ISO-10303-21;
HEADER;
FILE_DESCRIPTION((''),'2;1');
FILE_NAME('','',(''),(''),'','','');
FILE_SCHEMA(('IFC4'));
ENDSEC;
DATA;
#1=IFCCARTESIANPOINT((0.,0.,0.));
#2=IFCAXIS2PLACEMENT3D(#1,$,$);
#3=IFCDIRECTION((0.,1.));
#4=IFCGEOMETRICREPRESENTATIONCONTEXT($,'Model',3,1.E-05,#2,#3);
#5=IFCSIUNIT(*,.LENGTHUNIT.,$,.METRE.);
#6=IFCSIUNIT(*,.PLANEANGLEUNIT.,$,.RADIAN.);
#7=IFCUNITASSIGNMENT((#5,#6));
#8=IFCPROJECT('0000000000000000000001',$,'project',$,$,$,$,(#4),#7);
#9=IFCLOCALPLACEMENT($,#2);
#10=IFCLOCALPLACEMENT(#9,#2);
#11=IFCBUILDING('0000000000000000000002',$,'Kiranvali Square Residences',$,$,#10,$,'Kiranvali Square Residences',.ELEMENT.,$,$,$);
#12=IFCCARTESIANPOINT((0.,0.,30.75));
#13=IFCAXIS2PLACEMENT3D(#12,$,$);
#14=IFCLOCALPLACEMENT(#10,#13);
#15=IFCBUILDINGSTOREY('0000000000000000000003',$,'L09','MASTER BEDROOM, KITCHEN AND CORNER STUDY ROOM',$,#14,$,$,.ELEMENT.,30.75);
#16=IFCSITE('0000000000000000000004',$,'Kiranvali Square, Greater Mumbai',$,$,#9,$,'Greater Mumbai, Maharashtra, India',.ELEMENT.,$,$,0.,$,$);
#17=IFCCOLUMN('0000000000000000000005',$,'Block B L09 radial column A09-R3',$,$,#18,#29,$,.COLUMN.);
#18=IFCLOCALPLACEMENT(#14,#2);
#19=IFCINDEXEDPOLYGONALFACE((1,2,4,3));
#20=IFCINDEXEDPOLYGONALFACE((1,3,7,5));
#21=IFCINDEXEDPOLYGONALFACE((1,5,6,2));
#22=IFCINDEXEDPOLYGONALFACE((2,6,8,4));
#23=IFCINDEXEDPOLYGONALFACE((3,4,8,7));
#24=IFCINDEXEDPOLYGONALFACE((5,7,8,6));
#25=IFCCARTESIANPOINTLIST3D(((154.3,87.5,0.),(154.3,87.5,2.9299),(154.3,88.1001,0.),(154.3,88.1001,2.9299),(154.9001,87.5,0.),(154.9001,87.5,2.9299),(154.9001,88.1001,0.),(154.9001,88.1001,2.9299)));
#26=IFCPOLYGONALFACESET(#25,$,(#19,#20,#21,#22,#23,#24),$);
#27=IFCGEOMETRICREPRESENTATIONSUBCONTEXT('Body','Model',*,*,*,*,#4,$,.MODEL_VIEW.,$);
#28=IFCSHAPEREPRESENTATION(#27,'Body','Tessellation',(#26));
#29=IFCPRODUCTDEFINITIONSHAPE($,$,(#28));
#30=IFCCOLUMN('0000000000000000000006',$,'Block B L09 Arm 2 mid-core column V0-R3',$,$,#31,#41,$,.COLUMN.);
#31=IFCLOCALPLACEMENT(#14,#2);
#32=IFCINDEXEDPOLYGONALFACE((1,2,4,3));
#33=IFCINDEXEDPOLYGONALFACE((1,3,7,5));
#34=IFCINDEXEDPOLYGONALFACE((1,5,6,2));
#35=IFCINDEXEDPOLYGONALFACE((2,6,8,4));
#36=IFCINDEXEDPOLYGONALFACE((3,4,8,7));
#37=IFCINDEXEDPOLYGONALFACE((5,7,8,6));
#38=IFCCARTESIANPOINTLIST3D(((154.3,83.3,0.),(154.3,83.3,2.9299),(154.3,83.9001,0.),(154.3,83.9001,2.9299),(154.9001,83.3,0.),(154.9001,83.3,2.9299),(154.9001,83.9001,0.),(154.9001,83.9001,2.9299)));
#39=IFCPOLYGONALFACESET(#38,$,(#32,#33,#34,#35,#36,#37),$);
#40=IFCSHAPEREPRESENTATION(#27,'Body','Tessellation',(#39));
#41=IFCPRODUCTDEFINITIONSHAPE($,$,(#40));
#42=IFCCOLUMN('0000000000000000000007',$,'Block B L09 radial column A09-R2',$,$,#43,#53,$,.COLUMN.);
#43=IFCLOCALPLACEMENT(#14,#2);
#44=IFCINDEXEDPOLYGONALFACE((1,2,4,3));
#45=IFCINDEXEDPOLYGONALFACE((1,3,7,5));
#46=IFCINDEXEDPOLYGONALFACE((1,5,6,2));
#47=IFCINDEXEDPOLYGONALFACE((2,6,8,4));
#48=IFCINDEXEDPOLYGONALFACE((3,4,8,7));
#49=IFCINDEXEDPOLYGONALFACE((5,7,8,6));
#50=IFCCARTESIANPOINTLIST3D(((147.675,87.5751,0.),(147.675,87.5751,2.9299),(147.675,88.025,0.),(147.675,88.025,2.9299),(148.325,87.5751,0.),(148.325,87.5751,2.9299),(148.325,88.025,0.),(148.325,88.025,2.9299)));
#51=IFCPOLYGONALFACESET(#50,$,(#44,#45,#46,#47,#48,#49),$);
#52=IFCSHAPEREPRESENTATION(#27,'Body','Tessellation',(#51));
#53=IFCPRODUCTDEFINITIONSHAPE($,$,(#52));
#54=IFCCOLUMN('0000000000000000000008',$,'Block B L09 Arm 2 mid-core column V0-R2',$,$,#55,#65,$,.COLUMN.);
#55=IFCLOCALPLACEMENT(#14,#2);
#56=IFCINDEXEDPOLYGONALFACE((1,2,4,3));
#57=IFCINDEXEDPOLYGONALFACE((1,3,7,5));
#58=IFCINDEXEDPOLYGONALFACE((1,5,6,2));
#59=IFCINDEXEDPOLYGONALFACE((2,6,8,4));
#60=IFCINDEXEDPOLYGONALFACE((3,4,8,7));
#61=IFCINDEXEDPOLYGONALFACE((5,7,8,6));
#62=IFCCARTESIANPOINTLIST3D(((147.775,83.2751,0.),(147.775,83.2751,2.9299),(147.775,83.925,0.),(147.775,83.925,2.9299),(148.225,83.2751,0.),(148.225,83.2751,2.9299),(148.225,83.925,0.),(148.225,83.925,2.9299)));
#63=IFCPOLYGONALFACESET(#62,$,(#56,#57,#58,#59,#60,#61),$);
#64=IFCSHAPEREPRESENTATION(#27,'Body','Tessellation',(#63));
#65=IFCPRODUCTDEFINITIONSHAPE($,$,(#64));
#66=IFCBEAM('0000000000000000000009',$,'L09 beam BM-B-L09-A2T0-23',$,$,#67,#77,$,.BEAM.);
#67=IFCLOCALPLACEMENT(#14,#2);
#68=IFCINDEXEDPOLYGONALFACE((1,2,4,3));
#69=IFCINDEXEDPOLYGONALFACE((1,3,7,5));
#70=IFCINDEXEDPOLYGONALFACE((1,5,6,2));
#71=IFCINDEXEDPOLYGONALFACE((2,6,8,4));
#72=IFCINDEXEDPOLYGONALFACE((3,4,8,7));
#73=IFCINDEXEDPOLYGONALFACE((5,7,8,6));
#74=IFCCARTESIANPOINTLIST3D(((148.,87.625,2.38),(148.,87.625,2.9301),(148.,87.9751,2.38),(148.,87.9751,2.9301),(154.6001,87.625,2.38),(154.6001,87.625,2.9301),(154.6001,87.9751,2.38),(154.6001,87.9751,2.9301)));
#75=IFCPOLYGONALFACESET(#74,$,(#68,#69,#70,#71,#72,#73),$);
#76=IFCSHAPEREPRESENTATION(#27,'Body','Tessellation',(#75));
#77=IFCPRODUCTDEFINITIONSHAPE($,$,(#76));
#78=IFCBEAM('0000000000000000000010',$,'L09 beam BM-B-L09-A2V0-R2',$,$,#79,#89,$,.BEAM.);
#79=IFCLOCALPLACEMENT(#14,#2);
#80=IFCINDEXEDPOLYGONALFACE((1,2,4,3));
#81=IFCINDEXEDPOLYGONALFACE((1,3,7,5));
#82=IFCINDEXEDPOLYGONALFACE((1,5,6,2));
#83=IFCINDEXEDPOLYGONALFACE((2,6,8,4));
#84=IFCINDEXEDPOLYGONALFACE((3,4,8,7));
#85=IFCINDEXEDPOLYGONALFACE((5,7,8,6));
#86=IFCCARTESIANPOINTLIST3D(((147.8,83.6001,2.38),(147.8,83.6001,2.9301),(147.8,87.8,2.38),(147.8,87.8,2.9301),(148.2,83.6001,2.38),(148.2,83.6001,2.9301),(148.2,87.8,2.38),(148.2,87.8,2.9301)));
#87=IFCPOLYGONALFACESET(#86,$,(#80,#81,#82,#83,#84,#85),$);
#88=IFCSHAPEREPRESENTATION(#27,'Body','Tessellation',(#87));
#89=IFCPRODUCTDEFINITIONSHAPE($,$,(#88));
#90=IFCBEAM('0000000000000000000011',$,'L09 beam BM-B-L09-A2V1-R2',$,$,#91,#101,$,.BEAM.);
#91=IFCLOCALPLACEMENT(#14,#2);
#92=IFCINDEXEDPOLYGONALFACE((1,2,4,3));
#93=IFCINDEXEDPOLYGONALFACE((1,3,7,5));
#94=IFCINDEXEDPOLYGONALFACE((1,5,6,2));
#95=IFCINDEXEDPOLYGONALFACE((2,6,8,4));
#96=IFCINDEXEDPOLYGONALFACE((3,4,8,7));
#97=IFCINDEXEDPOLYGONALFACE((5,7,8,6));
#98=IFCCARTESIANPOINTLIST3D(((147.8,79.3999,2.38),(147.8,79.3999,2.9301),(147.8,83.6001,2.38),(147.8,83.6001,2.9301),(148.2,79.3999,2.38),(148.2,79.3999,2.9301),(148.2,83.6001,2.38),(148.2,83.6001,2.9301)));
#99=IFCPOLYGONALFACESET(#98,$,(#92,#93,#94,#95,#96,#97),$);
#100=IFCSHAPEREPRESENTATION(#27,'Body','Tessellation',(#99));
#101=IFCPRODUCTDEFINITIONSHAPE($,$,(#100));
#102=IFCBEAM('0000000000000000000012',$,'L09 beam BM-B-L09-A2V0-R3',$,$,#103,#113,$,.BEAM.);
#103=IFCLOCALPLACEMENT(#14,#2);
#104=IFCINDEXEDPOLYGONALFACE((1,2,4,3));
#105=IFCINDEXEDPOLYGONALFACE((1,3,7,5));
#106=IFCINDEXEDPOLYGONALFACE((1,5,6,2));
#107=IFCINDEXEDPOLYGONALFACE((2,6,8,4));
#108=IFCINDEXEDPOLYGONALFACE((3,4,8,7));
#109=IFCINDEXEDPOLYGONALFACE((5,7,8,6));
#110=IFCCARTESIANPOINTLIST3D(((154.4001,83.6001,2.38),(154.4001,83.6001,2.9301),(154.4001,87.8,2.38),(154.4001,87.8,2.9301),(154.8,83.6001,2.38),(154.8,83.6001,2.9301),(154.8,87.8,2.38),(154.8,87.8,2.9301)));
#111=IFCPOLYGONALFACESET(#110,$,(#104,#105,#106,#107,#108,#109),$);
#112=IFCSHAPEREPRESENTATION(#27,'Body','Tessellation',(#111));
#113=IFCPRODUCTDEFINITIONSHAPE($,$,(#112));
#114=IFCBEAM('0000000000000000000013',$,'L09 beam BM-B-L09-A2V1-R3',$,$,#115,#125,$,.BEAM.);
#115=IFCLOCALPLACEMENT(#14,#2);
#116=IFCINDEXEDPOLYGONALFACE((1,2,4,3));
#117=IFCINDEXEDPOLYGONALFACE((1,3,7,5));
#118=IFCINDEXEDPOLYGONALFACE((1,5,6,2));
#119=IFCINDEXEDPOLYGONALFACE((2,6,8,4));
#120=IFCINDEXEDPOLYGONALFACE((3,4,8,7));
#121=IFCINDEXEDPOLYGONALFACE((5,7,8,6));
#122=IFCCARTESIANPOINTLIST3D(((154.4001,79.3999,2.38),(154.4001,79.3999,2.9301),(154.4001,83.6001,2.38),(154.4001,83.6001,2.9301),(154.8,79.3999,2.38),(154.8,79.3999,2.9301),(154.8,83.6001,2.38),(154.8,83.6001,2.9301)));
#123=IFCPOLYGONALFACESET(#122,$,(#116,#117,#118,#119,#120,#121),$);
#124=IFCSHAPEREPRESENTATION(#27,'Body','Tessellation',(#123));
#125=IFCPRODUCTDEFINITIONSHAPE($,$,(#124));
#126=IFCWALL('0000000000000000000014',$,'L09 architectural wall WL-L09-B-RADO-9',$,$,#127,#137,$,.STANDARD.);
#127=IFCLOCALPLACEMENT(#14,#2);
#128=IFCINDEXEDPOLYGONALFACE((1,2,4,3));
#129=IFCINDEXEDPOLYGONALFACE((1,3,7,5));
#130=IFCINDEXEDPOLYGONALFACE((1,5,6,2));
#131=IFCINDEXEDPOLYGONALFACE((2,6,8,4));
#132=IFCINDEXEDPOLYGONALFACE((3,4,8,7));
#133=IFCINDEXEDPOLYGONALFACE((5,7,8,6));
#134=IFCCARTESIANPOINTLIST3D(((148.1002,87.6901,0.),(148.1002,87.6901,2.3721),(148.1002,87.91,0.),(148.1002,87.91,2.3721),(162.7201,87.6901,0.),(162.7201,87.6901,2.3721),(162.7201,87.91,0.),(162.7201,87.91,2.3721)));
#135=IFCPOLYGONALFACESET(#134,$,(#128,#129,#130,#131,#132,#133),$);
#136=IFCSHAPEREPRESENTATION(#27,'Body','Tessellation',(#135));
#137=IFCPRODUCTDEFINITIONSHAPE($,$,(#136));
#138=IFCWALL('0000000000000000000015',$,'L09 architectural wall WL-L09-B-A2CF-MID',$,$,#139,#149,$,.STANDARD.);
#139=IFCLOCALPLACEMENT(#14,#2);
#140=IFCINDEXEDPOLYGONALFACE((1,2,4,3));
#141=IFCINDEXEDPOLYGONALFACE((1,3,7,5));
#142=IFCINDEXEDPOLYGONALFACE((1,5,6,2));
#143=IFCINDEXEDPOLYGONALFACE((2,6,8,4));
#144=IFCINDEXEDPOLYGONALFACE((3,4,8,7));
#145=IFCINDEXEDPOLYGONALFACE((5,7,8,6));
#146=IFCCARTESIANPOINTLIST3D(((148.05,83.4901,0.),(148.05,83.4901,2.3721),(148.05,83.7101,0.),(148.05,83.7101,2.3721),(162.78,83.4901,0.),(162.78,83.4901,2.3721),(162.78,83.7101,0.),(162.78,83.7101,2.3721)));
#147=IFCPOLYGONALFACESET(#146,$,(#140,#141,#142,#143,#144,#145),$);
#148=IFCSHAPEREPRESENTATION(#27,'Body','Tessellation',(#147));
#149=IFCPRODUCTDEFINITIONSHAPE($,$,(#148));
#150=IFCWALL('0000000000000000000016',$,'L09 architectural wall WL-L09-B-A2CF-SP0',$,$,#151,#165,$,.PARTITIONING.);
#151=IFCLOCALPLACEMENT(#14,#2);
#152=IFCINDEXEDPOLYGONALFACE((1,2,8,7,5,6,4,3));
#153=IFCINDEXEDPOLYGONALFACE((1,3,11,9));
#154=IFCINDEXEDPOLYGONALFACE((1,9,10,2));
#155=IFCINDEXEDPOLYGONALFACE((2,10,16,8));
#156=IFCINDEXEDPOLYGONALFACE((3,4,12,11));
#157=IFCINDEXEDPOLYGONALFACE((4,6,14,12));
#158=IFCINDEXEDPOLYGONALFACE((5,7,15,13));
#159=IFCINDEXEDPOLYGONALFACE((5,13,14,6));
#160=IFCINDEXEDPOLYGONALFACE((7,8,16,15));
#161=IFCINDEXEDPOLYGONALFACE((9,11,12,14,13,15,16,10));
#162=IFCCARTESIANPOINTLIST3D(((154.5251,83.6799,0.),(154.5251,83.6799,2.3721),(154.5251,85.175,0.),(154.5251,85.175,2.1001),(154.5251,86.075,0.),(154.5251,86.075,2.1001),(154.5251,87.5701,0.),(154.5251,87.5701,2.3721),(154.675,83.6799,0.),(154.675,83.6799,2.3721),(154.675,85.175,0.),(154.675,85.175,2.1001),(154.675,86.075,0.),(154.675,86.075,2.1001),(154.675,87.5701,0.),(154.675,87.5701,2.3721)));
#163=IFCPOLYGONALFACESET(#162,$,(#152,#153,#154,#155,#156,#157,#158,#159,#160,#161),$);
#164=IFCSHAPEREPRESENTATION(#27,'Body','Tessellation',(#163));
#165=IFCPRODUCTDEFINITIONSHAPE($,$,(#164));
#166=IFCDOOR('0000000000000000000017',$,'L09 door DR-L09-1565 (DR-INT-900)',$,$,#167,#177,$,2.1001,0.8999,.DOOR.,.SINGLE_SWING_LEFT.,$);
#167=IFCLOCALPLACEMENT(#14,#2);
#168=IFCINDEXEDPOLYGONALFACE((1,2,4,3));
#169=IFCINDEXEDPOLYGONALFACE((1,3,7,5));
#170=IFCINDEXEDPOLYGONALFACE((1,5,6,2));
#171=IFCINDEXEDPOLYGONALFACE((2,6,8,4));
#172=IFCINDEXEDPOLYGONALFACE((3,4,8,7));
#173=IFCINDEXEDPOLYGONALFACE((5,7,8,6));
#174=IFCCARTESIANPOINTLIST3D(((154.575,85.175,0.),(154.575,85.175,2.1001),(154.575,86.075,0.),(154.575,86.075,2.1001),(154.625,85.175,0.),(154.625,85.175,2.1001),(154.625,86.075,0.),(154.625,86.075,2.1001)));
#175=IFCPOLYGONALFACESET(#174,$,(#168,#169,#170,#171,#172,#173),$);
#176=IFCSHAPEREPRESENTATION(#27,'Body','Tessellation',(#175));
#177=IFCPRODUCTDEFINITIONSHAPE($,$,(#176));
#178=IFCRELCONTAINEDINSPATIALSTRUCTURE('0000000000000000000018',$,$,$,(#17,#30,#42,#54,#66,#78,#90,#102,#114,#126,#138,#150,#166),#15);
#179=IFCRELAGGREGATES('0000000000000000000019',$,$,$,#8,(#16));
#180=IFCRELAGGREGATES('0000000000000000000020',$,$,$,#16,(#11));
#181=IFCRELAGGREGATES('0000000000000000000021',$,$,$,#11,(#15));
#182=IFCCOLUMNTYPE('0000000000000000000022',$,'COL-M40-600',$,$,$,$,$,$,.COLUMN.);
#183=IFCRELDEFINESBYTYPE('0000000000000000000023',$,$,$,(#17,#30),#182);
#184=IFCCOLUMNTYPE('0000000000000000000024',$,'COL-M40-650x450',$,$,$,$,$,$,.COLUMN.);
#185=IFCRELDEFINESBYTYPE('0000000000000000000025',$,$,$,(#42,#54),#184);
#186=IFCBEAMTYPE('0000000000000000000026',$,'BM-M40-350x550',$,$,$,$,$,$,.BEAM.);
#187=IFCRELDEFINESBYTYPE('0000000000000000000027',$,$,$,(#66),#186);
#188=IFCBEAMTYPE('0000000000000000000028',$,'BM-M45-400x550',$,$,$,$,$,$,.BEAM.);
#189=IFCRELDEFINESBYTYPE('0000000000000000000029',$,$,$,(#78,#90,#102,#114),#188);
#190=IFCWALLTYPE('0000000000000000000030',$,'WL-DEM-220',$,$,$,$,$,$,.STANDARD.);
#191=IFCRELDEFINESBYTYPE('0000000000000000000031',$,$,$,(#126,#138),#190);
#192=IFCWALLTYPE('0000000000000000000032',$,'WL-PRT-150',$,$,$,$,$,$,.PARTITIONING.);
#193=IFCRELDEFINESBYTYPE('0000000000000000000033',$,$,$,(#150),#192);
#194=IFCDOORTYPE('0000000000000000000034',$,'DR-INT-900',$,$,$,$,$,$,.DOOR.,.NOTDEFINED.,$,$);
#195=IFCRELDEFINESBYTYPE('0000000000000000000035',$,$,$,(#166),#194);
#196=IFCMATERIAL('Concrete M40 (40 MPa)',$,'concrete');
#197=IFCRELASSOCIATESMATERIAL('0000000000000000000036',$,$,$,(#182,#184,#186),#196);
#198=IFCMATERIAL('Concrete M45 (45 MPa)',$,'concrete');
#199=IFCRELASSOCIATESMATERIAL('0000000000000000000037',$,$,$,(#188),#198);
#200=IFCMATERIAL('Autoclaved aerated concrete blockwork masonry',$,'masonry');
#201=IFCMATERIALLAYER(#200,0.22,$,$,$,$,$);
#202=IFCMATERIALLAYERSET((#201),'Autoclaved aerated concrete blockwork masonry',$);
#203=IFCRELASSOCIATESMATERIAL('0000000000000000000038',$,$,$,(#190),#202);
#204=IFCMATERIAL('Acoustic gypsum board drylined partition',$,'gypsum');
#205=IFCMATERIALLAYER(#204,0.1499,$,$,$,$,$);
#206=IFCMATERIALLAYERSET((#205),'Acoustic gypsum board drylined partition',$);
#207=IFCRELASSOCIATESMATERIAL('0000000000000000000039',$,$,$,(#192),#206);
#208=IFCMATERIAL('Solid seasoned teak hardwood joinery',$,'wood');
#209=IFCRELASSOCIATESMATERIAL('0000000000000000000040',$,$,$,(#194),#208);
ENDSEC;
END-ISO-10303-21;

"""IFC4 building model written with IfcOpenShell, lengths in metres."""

from ifc_helpers import new_model, si_unit, direction, frame, frame_2d, origin, origin_2d, place, context, subcontext, project, spatial, rectangle, extrude, material, layer, layer_set, material_profile, profile_set, type_object, element, fill, save


model = new_model("IFC4")

# Units and contexts
model_context = context("Model", 3, precision=1e-05, world=origin(), true_north=direction((0.0, 1.0)))
body_context = subcontext(model_context, "Body", "Model", "MODEL_VIEW")
ifc_project = project(units=[si_unit("LENGTHUNIT", "METRE"), si_unit("PLANEANGLEUNIT", "RADIAN")], contexts=[model_context])

# Site, building, storey
site_placement = place(None, origin())
site = spatial("IfcSite", under=ifc_project, at=site_placement, Name="Kiranvali Square, Greater Mumbai", LongName="Greater Mumbai, Maharashtra, India", CompositionType="ELEMENT", RefElevation=0.0)
building_placement = place(site_placement, origin())
building = spatial("IfcBuilding", under=site, at=building_placement, Name="Kiranvali Square Residences", LongName="Kiranvali Square Residences", CompositionType="ELEMENT")
storey_placement = place(building_placement, frame((0.0, 0.0, 30.75)))
storey = spatial("IfcBuildingStorey", under=building, at=storey_placement, Name="L09", Description="MASTER BEDROOM, KITCHEN AND CORNER STUDY ROOM", CompositionType="ELEMENT", Elevation=30.75)

# Columns
ifc_material_1 = material(Name="Concrete M40 (40 MPa)", Category="concrete")
ifc_material_profile_1 = material_profile(ifc_material_1, rectangle(XDim=0.6001, YDim=0.6001, at=origin_2d()), Name="RC 600x600")
ifc_profile_set_1 = profile_set([ifc_material_profile_1], Name="Concrete M40 (40 MPa)")
column_type_1 = type_object("IfcColumnType", Name="COL-M40-600", PredefinedType="COLUMN", material=ifc_profile_set_1)
for number, where, z_axis, x_axis, name in (
    (1, (154.6001, 87.8, 0.0), (0.0, 0.0, 1.0), (0.0, 1.0, 0.0), "Block B L09 radial column A09-R3"),
    (2, (154.6001, 83.6001, 0.0), (0.0, 0.0, 1.0), (1.0, 0.0, 0.0), "Block B L09 Arm 2 mid-core column V0-R3"),
):
    element("IfcColumn", number, at=place(storey_placement, frame(where, z_axis=z_axis, x_axis=x_axis)), inside=storey, type_object=column_type_1, Name=name, PredefinedType="COLUMN", context=body_context, shape_type="SweptSolid", body=[
        extrude(rectangle(XDim=0.6001, YDim=0.6001, at=origin_2d()), origin(), (0.0, 0.0, 1.0), 2.9299),
    ])
ifc_material_profile_2 = material_profile(ifc_material_1, rectangle(XDim=0.45, YDim=0.6499, at=origin_2d()), Name="RC 650x450")
ifc_profile_set_2 = profile_set([ifc_material_profile_2], Name="Concrete M40 (40 MPa)")
column_type_2 = type_object("IfcColumnType", Name="COL-M40-650x450", PredefinedType="COLUMN", material=ifc_profile_set_2)
for number, where, z_axis, x_axis, name in (
    (3, (148.0, 87.8, 0.0), (0.0, 0.0, 1.0), (0.0, 1.0, 0.0), "Block B L09 radial column A09-R2"),
    (4, (148.0, 83.6001, 0.0), (0.0, 0.0, 1.0), (1.0, 0.0, 0.0), "Block B L09 Arm 2 mid-core column V0-R2"),
):
    element("IfcColumn", number, at=place(storey_placement, frame(where, z_axis=z_axis, x_axis=x_axis)), inside=storey, type_object=column_type_2, Name=name, PredefinedType="COLUMN", context=body_context, shape_type="SweptSolid", body=[
        extrude(rectangle(XDim=0.45, YDim=0.6499, at=origin_2d()), origin(), (0.0, 0.0, 1.0), 2.9299),
    ])

# Beams
ifc_material_profile_3 = material_profile(ifc_material_1, rectangle(XDim=0.3501, YDim=0.55, at=origin_2d()), Name="RC 350x550")
ifc_profile_set_3 = profile_set([ifc_material_profile_3], Name="Concrete M40 (40 MPa)")
beam_type_1 = type_object("IfcBeamType", Name="BM-M40-350x550", PredefinedType="BEAM", material=ifc_profile_set_3)
beam_1_placement = place(storey_placement, frame((148.0, 87.8, 2.655), z_axis=(1.0, 0.0, 0.0), x_axis=(0.0, 1.0, 0.0)))
element("IfcBeam", 5, at=beam_1_placement, inside=storey, type_object=beam_type_1, Name="L09 beam BM-B-L09-A2T0-23", PredefinedType="BEAM", context=body_context, shape_type="SweptSolid", body=[
    extrude(rectangle(XDim=0.3501, YDim=0.55, at=origin_2d()), origin(), (0.0, 0.0, 1.0), 6.6001),
])
ifc_material_2 = material(Name="Concrete M45 (45 MPa)", Category="concrete")
ifc_material_profile_4 = material_profile(ifc_material_2, rectangle(XDim=0.3999, YDim=0.55, at=origin_2d()), Name="RC 400x550")
ifc_profile_set_4 = profile_set([ifc_material_profile_4], Name="Concrete M45 (45 MPa)")
beam_type_2 = type_object("IfcBeamType", Name="BM-M45-400x550", PredefinedType="BEAM", material=ifc_profile_set_4)
beam_2_placement = place(storey_placement, frame((148.0, 87.8, 2.655), z_axis=(0.0, -1.0, 0.0), x_axis=(1.0, 0.0, 0.0)))
element("IfcBeam", 6, at=beam_2_placement, inside=storey, type_object=beam_type_2, Name="L09 beam BM-B-L09-A2V0-R2", PredefinedType="BEAM", context=body_context, shape_type="SweptSolid", body=[
    extrude(rectangle(XDim=0.3999, YDim=0.55, at=origin_2d()), origin(), (0.0, 0.0, 1.0), 4.2),
])
beam_3_placement = place(storey_placement, frame((148.0, 83.6001, 2.655), z_axis=(0.0, -1.0, 0.0), x_axis=(1.0, 0.0, 0.0)))
element("IfcBeam", 7, at=beam_3_placement, inside=storey, type_object=beam_type_2, Name="L09 beam BM-B-L09-A2V1-R2", PredefinedType="BEAM", context=body_context, shape_type="SweptSolid", body=[
    extrude(rectangle(XDim=0.3999, YDim=0.55, at=origin_2d()), origin(), (0.0, 0.0, 1.0), 4.2002),
])
beam_4_placement = place(storey_placement, frame((154.6001, 87.8, 2.655), z_axis=(0.0, -1.0, 0.0), x_axis=(1.0, 0.0, 0.0)))
element("IfcBeam", 8, at=beam_4_placement, inside=storey, type_object=beam_type_2, Name="L09 beam BM-B-L09-A2V0-R3", PredefinedType="BEAM", context=body_context, shape_type="SweptSolid", body=[
    extrude(rectangle(XDim=0.3999, YDim=0.55, at=origin_2d()), origin(), (0.0, 0.0, 1.0), 4.2),
])
beam_5_placement = place(storey_placement, frame((154.6001, 83.6001, 2.655), z_axis=(0.0, -1.0, 0.0), x_axis=(1.0, 0.0, 0.0)))
element("IfcBeam", 9, at=beam_5_placement, inside=storey, type_object=beam_type_2, Name="L09 beam BM-B-L09-A2V1-R3", PredefinedType="BEAM", context=body_context, shape_type="SweptSolid", body=[
    extrude(rectangle(XDim=0.3999, YDim=0.55, at=origin_2d()), origin(), (0.0, 0.0, 1.0), 4.2002),
])

# Shared definitions
ifc_material_3 = material(Name="Autoclaved aerated concrete blockwork masonry", Category="masonry")

# Walls
ifc_layer_1 = layer(ifc_material_3, 0.22)
ifc_layer_set_1 = layer_set([ifc_layer_1], Name="Autoclaved aerated concrete blockwork masonry")
wall_type_1 = type_object("IfcWallType", Name="WL-DEM-220", PredefinedType="STANDARD", material=ifc_layer_set_1)
wall_1_placement = place(storey_placement, frame((148.1001, 87.8, 0.0), z_axis=(0.0, 0.0, 1.0), x_axis=(1.0, 0.0, 0.0)))
element("IfcWall", 10, at=wall_1_placement, inside=storey, type_object=wall_type_1, Name="L09 architectural wall WL-L09-B-RADO-9", PredefinedType="STANDARD", context=body_context, shape_type="SweptSolid", body=[
    extrude(rectangle(XDim=14.6199, YDim=0.22, at=frame_2d((7.3101, 0.0))), origin(), (0.0, 0.0, 1.0), 2.3721),
])
wall_2_placement = place(storey_placement, frame((148.05, 83.6001, 0.0), z_axis=(0.0, 0.0, 1.0), x_axis=(1.0, 0.0, 0.0)))
element("IfcWall", 11, at=wall_2_placement, inside=storey, type_object=wall_type_1, Name="L09 architectural wall WL-L09-B-A2CF-MID", PredefinedType="STANDARD", context=body_context, shape_type="SweptSolid", body=[
    extrude(rectangle(XDim=14.73, YDim=0.22, at=frame_2d((7.365, 0.0))), origin(), (0.0, 0.0, 1.0), 2.3721),
])

# Wall, opening, door
ifc_material_4 = material(Name="Acoustic gypsum board drylined partition", Category="gypsum")
ifc_layer_2 = layer(ifc_material_4, 0.1499)
ifc_layer_set_2 = layer_set([ifc_layer_2], Name="Acoustic gypsum board drylined partition")
wall_type_2 = type_object("IfcWallType", Name="WL-PRT-150", PredefinedType="PARTITIONING", material=ifc_layer_set_2)
wall_3_placement = place(storey_placement, frame((154.6001, 87.5701, 0.0), z_axis=(0.0, 0.0, 1.0), x_axis=(0.0, -1.0, 0.0)))
wall_3 = element("IfcWall", 12, at=wall_3_placement, inside=storey, type_object=wall_type_2, Name="L09 architectural wall WL-L09-B-A2CF-SP0", PredefinedType="PARTITIONING", context=body_context, shape_type="SweptSolid", body=[
    extrude(rectangle(XDim=3.8901, YDim=0.1499, at=frame_2d((1.9451, 0.0))), origin(), (0.0, 0.0, 1.0), 2.3721),
])
opening_1_placement = place(wall_3_placement, frame((1.4951, 0.0, 0.0)))
opening_1 = element("IfcOpeningElement", 13, at=opening_1_placement, cuts=wall_3, PredefinedType="OPENING", context=body_context, shape_type="SweptSolid", body=[
    extrude(rectangle(XDim=0.8999, YDim=2.1001, at=frame_2d((0.45, 1.05))), frame((0.0, 0.085, 0.0), z_axis=(0.0, -1.0, 0.0), x_axis=(1.0, 0.0, 0.0)), (0.0, 0.0, 1.0), 0.1699),
])
ifc_material_5 = material(Name="Solid seasoned teak hardwood joinery", Category="wood")
door_type_1 = type_object("IfcDoorType", Name="DR-INT-900", OperationType="NOTDEFINED", PredefinedType="DOOR", material=ifc_material_5)
door_1_placement = place(opening_1_placement, origin())
door_1 = element("IfcDoor", 14, at=door_1_placement, inside=storey, type_object=door_type_1, Name="L09 door DR-L09-1565 (DR-INT-900)", OperationType="SINGLE_SWING_LEFT", OverallHeight=2.1001, OverallWidth=0.8999, PredefinedType="DOOR", context=body_context, shape_type="SweptSolid", body=[
    extrude(rectangle(XDim=0.8999, YDim=2.1001, at=frame_2d((0.45, 1.05))), frame((0.0, 0.0249, 0.0), z_axis=(0.0, -1.0, 0.0), x_axis=(1.0, 0.0, 0.0)), (0.0, 0.0, 1.0), 0.05),
])
fill(opening_1, door_1)

save(model, "model.ifc")
